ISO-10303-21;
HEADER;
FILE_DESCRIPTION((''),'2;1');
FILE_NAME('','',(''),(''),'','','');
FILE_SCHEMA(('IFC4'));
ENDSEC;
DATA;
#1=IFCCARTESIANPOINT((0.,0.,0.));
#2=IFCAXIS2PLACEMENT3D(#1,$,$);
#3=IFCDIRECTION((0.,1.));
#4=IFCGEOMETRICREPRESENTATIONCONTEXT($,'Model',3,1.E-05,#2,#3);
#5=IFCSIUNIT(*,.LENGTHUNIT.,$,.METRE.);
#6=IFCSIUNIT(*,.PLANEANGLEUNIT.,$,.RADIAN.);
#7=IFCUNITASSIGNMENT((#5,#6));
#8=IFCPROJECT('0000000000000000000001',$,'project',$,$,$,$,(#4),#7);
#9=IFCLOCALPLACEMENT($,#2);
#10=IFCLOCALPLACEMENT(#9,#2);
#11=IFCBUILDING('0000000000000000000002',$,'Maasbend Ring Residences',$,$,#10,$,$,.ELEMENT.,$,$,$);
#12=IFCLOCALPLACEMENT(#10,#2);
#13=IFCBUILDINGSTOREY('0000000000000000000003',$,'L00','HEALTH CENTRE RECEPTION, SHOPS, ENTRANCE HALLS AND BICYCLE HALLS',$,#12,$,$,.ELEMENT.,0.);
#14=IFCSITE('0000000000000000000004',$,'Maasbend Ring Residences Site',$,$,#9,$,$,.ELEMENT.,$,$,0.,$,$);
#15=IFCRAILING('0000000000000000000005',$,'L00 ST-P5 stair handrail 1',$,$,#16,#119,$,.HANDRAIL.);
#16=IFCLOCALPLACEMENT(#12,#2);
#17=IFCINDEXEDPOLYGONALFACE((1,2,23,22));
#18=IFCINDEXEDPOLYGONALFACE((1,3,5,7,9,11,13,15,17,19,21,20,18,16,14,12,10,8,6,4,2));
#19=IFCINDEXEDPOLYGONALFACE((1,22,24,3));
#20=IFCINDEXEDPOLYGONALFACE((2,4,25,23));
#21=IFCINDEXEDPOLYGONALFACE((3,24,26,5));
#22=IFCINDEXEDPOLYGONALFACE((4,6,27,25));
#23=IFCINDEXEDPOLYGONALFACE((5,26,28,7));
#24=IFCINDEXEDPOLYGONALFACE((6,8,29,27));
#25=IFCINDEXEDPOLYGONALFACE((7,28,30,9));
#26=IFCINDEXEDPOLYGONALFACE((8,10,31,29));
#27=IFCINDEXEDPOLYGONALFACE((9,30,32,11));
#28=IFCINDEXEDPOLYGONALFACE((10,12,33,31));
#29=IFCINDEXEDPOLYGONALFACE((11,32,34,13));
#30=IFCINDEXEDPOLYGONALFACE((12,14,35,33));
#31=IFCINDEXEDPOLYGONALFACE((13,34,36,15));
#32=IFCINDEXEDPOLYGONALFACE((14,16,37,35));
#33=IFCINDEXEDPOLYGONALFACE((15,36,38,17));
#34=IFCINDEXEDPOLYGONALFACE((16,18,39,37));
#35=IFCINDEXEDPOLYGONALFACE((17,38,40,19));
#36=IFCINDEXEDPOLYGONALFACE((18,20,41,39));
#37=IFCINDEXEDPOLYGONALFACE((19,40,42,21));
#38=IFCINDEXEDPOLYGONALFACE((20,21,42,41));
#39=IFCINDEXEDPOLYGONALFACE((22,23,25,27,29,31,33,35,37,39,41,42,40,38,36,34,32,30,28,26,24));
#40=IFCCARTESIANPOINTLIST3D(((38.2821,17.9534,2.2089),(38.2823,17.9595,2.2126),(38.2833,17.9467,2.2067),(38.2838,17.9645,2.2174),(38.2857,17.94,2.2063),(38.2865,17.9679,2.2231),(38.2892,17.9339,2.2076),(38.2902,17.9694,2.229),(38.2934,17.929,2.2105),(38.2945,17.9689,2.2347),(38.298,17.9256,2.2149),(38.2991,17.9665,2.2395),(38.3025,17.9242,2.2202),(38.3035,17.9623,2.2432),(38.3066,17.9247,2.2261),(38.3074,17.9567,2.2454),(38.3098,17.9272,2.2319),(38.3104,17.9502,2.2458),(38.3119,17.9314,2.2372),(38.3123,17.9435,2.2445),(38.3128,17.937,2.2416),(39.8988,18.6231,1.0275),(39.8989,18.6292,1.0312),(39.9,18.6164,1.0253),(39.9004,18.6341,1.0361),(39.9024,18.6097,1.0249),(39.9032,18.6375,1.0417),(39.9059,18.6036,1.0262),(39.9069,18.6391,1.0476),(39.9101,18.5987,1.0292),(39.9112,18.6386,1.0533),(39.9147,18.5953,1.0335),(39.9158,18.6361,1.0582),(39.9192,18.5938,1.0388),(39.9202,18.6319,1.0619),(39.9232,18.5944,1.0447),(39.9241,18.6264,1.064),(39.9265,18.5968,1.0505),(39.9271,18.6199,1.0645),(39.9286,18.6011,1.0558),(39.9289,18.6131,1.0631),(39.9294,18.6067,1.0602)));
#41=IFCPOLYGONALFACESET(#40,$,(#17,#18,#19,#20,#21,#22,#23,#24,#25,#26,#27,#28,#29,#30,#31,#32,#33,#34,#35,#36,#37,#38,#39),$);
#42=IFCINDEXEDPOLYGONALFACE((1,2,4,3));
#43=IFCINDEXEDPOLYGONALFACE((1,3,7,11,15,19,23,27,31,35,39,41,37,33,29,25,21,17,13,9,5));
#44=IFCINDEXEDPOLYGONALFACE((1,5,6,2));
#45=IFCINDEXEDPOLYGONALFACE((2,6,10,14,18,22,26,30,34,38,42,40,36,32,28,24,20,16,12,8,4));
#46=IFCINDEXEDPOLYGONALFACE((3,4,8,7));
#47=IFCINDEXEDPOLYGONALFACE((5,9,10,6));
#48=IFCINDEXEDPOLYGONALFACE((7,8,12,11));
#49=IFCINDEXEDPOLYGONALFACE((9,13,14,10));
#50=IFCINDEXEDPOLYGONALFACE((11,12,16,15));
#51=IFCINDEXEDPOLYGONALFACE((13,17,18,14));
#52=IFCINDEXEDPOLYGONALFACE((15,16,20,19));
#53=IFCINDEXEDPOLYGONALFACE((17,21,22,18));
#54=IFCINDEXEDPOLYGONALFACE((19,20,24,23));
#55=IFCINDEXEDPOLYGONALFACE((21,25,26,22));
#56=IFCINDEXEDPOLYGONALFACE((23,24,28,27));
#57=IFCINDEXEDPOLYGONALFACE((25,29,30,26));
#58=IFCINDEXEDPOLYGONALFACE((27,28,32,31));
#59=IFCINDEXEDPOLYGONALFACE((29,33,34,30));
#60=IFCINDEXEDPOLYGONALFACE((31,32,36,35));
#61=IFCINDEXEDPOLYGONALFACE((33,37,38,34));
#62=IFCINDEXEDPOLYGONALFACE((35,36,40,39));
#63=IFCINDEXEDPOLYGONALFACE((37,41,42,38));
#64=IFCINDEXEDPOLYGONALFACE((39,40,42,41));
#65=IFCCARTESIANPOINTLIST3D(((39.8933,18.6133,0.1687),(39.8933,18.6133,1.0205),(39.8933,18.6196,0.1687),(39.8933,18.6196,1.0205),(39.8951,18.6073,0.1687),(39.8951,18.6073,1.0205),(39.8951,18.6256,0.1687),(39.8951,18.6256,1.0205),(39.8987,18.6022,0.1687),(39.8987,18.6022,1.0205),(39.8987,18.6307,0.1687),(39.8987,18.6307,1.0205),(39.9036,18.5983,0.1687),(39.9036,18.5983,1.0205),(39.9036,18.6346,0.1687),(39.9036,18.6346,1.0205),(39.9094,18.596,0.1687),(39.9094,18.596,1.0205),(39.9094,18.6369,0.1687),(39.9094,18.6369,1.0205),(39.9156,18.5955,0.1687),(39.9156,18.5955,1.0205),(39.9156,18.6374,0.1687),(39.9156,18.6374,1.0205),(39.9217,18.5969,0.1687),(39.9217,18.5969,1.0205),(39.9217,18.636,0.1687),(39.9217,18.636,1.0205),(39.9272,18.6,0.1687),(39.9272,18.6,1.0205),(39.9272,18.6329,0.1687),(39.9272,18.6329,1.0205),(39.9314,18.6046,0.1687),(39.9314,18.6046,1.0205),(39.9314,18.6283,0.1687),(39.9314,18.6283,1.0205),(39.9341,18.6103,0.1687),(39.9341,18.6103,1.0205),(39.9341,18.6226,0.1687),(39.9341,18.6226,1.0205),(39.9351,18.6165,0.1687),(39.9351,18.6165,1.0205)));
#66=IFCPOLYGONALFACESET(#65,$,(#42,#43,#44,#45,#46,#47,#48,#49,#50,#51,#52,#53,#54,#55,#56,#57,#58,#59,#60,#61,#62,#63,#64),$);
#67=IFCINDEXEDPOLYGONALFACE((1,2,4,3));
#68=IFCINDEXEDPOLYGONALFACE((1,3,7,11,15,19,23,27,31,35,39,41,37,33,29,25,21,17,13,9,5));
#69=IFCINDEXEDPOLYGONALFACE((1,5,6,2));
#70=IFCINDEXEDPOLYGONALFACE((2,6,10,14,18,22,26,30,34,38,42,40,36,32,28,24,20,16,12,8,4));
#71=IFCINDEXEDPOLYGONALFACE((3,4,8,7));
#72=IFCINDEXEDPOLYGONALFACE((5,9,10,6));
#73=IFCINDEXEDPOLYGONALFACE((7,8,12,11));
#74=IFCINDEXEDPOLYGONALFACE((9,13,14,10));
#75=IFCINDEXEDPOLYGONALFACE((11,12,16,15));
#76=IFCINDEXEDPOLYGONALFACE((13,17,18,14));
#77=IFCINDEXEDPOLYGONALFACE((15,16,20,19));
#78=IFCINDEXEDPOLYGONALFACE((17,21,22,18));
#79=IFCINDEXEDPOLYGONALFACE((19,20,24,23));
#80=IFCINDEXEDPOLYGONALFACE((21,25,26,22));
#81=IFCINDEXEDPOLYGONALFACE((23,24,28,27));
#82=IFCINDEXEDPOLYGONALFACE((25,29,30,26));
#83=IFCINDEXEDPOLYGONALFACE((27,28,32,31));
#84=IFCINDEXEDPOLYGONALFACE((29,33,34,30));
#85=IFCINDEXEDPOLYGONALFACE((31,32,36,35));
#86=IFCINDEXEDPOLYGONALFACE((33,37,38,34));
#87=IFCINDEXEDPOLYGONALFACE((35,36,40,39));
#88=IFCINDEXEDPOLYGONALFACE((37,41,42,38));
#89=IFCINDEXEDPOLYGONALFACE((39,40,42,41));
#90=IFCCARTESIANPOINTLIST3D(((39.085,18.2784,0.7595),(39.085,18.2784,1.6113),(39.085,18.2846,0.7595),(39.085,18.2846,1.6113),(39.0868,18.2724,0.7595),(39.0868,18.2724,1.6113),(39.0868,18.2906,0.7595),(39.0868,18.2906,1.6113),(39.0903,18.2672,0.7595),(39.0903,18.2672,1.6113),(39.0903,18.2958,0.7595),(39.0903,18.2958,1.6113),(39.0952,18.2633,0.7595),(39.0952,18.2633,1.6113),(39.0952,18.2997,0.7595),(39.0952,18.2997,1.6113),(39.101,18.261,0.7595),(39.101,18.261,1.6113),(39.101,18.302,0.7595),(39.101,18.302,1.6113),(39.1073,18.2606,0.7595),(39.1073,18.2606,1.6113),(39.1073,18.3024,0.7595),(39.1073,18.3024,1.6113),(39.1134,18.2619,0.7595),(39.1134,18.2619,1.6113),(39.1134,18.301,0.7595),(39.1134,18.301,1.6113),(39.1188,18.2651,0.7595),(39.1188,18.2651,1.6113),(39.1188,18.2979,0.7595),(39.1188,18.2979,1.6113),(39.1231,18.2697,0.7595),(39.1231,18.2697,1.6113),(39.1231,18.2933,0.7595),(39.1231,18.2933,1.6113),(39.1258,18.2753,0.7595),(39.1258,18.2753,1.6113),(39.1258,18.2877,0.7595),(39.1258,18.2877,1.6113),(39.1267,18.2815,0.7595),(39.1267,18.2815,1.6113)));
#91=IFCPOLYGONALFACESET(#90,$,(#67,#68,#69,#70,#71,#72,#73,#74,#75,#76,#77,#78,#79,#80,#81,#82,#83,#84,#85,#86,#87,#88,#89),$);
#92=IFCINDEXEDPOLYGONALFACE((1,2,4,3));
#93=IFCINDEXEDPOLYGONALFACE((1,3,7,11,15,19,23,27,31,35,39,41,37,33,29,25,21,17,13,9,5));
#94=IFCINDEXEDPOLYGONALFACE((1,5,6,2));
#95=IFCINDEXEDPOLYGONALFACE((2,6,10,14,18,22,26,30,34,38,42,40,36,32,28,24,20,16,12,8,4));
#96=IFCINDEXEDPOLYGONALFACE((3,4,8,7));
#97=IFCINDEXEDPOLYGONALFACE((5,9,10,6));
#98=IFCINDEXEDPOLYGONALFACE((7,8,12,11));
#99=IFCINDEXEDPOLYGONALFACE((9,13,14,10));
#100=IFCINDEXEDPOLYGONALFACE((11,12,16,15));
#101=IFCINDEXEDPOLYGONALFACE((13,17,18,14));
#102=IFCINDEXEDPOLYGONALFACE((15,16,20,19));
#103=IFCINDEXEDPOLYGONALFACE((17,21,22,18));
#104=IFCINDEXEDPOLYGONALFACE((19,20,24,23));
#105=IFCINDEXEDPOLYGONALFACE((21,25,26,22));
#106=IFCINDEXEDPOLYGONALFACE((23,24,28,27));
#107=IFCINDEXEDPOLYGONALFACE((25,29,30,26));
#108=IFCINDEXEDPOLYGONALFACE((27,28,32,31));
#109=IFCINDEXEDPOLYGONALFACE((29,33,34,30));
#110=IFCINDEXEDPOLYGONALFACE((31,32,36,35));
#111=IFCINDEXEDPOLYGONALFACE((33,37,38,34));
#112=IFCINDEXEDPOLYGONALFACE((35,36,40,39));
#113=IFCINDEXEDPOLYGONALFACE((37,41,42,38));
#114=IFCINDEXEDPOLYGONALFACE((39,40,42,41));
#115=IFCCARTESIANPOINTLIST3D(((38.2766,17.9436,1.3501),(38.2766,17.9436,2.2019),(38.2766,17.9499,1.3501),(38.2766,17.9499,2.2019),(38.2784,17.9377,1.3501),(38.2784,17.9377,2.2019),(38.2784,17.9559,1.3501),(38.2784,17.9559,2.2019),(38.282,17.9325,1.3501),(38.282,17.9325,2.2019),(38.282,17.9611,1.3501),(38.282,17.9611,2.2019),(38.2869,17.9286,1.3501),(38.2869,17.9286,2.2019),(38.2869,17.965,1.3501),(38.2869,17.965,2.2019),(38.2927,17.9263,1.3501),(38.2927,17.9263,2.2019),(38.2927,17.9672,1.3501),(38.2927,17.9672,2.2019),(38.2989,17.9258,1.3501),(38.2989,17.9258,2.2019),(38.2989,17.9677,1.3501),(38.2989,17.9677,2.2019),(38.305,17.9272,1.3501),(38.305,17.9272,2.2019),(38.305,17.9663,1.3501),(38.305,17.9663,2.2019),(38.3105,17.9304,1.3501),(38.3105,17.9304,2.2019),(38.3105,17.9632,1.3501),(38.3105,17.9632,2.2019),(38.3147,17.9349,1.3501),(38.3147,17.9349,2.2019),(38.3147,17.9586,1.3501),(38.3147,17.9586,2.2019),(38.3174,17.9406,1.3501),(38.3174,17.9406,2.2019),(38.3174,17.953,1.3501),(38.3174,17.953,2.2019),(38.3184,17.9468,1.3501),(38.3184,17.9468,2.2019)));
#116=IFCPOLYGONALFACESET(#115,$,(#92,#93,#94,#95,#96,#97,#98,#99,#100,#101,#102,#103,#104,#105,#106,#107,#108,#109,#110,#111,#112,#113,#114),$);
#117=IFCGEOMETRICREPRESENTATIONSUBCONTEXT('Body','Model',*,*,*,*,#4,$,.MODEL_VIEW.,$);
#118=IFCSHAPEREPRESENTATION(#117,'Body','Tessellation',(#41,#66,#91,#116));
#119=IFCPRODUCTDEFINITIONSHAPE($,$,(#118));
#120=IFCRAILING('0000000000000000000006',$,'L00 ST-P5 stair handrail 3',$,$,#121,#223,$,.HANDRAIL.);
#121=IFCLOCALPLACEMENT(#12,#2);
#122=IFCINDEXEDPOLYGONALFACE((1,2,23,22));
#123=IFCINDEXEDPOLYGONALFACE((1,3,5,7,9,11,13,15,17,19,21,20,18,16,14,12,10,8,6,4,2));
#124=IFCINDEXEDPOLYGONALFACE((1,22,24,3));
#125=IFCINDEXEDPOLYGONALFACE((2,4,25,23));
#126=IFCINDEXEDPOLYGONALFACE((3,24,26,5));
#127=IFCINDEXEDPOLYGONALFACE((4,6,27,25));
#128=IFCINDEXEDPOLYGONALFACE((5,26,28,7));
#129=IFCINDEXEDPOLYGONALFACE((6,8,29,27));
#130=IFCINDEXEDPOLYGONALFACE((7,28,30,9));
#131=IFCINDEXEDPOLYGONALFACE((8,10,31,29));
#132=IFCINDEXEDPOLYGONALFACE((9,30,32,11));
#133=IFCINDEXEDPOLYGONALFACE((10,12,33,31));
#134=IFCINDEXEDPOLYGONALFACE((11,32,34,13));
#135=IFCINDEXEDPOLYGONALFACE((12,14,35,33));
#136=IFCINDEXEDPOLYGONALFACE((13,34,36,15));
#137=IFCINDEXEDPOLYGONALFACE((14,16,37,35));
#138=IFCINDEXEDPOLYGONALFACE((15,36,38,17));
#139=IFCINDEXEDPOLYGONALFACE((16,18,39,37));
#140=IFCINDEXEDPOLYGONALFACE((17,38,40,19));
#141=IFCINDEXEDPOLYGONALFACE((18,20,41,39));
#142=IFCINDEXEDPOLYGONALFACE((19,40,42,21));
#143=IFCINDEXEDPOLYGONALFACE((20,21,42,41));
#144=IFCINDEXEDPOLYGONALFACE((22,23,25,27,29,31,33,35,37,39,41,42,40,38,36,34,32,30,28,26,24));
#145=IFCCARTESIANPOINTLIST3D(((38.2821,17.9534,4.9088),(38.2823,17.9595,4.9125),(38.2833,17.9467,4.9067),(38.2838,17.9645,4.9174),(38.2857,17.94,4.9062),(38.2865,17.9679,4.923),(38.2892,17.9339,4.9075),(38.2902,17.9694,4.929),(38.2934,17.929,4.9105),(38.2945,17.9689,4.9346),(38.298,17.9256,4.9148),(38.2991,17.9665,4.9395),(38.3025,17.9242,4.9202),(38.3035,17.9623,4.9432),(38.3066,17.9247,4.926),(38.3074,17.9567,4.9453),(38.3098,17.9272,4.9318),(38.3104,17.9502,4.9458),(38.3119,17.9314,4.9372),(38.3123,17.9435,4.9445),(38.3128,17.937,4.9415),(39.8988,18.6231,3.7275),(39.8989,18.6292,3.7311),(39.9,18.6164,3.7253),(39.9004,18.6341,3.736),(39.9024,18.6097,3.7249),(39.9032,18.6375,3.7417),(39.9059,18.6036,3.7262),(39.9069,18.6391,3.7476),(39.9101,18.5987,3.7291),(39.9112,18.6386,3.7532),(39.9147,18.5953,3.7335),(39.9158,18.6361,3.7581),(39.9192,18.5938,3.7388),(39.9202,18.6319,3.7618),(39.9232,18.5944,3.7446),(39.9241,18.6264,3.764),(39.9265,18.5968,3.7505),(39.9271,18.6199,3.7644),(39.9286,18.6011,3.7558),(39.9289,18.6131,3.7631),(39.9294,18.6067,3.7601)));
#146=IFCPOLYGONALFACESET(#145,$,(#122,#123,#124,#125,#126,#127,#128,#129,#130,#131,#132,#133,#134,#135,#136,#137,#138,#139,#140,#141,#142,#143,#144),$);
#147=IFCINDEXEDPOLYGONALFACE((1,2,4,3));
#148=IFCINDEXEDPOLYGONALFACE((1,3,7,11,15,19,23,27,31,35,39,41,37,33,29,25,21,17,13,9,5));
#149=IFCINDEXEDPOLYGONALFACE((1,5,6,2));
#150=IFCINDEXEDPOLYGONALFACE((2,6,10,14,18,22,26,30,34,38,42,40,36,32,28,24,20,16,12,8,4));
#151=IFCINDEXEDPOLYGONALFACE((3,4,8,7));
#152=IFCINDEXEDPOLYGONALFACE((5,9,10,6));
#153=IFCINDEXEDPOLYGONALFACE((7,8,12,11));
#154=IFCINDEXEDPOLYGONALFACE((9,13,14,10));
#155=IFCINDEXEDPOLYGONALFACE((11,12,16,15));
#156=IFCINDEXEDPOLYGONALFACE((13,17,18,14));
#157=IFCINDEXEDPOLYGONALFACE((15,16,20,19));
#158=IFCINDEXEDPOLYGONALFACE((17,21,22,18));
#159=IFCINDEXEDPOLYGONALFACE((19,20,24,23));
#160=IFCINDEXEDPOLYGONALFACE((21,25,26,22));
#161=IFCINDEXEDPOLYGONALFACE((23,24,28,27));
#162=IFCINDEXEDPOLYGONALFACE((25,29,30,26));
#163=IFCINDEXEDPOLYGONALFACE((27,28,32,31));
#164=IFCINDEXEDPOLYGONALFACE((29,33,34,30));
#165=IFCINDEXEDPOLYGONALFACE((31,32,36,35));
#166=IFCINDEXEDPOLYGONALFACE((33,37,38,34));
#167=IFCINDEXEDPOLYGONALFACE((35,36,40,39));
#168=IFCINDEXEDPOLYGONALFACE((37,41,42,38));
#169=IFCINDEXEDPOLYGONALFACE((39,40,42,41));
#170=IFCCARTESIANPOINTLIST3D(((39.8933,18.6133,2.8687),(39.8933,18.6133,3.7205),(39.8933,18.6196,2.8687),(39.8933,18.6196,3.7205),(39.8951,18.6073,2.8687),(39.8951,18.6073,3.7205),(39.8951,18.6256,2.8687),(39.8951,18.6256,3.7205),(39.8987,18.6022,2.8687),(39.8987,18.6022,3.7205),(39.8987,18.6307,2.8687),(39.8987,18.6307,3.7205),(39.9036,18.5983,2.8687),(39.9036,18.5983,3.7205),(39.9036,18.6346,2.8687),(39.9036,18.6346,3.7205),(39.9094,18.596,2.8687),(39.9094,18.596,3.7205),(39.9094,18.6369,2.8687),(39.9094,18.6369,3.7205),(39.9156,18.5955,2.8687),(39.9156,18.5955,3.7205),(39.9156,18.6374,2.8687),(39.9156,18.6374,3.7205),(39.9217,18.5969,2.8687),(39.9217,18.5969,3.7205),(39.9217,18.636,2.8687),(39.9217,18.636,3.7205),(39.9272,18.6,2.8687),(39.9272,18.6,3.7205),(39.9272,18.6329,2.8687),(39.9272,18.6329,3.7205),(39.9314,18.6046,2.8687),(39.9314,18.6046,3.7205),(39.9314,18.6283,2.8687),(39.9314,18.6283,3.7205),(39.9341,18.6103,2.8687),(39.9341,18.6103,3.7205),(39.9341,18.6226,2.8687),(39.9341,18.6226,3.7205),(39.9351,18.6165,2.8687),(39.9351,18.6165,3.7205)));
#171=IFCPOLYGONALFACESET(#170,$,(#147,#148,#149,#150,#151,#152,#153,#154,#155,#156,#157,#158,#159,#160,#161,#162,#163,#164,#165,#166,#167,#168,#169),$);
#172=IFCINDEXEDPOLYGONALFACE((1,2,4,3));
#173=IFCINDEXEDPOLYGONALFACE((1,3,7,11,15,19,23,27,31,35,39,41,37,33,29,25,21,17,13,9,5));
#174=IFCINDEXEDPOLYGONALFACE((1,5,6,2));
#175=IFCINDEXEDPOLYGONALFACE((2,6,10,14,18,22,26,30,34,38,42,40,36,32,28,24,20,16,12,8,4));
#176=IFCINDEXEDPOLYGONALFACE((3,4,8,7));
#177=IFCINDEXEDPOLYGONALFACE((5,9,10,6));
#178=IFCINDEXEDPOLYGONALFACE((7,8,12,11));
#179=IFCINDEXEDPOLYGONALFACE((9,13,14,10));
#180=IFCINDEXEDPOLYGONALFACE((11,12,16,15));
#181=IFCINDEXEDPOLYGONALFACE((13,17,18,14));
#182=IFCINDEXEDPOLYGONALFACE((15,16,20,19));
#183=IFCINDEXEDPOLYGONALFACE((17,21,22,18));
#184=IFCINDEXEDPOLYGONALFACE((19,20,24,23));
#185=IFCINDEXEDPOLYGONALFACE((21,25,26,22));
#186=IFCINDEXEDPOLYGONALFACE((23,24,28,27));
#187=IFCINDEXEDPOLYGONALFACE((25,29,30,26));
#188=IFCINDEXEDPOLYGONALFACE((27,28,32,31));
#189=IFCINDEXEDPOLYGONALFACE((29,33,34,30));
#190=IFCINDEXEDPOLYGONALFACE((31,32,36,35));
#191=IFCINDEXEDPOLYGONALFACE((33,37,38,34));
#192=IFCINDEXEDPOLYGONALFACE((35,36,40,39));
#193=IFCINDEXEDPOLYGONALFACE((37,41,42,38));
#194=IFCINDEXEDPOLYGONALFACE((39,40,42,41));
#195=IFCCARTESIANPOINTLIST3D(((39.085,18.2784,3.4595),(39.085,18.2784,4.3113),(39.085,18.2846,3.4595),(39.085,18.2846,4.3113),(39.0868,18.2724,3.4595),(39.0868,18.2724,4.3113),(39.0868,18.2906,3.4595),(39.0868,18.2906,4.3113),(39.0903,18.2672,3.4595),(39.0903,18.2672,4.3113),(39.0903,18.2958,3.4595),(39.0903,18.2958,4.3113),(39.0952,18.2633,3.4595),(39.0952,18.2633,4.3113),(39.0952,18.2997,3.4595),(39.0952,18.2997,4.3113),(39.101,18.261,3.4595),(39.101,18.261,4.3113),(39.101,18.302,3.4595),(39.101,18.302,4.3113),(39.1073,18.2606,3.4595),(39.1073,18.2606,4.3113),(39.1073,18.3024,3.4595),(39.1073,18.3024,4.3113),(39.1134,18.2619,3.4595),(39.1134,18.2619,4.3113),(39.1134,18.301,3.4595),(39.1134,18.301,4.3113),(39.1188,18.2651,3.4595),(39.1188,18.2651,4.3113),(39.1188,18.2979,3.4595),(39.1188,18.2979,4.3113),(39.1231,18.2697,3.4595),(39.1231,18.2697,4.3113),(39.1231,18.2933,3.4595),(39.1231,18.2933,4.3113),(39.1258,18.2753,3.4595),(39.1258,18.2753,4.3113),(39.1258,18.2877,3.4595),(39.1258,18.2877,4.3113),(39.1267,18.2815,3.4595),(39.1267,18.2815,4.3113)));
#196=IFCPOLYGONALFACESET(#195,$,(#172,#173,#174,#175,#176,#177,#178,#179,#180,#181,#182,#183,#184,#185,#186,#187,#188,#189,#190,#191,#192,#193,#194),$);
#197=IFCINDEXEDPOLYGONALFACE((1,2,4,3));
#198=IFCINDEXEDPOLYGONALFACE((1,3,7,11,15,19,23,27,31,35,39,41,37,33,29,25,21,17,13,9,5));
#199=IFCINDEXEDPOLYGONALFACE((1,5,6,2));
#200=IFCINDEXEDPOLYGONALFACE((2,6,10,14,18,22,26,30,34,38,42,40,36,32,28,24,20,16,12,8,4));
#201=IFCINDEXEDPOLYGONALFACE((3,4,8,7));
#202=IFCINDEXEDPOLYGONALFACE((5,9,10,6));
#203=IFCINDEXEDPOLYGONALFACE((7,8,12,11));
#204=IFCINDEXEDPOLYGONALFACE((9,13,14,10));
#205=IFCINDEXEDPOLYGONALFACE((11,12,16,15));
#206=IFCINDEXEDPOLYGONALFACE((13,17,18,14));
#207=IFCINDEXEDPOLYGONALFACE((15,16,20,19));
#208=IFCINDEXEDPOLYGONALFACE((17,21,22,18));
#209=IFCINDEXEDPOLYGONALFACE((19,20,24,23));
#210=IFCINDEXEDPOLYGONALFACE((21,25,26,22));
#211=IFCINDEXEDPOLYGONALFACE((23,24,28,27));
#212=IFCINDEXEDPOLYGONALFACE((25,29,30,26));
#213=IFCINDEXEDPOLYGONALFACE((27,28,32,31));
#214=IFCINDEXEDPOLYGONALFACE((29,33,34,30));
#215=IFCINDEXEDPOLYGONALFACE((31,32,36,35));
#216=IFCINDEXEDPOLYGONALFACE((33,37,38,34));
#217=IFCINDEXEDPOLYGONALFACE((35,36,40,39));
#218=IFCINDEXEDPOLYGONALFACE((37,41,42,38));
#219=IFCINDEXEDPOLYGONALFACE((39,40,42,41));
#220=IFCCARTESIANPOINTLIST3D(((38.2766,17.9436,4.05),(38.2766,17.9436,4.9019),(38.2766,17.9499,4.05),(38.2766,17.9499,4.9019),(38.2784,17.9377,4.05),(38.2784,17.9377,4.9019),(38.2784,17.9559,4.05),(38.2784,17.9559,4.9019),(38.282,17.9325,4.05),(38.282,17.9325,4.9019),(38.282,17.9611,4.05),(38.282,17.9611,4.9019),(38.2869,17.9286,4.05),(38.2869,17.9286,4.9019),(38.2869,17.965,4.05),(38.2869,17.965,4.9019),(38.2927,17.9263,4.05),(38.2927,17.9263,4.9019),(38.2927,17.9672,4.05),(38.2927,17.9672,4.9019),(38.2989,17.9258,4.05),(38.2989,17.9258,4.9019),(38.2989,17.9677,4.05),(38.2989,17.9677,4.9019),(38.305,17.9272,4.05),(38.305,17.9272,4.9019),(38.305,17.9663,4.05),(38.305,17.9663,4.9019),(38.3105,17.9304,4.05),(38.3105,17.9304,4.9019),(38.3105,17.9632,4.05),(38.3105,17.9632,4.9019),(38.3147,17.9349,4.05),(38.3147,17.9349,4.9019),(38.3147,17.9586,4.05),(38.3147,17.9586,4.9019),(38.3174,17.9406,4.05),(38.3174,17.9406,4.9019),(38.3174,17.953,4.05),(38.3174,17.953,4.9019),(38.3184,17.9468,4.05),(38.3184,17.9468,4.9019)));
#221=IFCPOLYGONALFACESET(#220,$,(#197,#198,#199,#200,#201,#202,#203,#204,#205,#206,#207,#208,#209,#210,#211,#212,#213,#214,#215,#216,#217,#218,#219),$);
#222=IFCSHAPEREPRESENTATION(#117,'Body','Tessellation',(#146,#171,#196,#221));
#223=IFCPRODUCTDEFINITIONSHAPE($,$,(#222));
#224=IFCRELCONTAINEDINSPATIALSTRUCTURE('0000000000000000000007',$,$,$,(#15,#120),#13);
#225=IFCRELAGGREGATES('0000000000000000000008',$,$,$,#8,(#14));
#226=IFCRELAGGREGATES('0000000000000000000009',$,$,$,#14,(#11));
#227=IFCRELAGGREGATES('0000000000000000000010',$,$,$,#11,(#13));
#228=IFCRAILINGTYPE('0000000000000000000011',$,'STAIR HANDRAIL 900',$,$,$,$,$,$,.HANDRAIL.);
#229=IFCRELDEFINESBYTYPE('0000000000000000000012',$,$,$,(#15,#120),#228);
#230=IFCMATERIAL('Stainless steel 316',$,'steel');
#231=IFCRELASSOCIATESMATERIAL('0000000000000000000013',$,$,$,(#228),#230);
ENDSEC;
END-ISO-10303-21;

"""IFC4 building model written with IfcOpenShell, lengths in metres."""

from ifc_helpers import new_model, si_unit, direction, frame, origin, origin_2d, place, context, subcontext, project, spatial, circle, extrude, material, type_object, element, save


model = new_model("IFC4")

# Units and contexts
model_context = context("Model", 3, precision=1e-05, world=origin(), true_north=direction((0.0, 1.0)))
body_context = subcontext(model_context, "Body", "Model", "MODEL_VIEW")
ifc_project = project(units=[si_unit("LENGTHUNIT", "METRE"), si_unit("PLANEANGLEUNIT", "RADIAN")], contexts=[model_context])

# Site, building, storey
site_placement = place(None, origin())
site = spatial("IfcSite", under=ifc_project, at=site_placement, Name="Maasbend Ring Residences Site", CompositionType="ELEMENT", RefElevation=0.0)
building_placement = place(site_placement, origin())
building = spatial("IfcBuilding", under=site, at=building_placement, Name="Maasbend Ring Residences", CompositionType="ELEMENT")
storey_placement = place(building_placement, origin())
storey = spatial("IfcBuildingStorey", under=building, at=storey_placement, Name="L00", Description="HEALTH CENTRE RECEPTION, SHOPS, ENTRANCE HALLS AND BICYCLE HALLS", CompositionType="ELEMENT", Elevation=0.0)

# Railings
ifc_material_1 = material(Name="Stainless steel 316", Category="steel")
railing_type_1 = type_object("IfcRailingType", Name="STAIR HANDRAIL 900", PredefinedType="HANDRAIL", material=ifc_material_1)
for number, where, name in (
    (1, (39.9141, 18.6165, 0.1687), "L00 ST-P5 stair handrail 1"),
    (2, (39.9141, 18.6165, 2.8687), "L00 ST-P5 stair handrail 3"),
):
    element("IfcRailing", number, at=place(storey_placement, frame(where)), inside=storey, type_object=railing_type_1, Name=name, PredefinedType="HANDRAIL", context=body_context, shape_type="SweptSolid", body=[
        extrude(circle(Radius=0.0239, at=origin_2d()), frame((0.0, 0.0, 0.876), z_axis=(-0.765711, -0.317177, 0.55954), x_axis=(0.382693, -0.923876, 0.0)), (0.0, 0.0, 1.0), 2.1113),
        extrude(circle(Radius=0.021, at=origin_2d()), origin(), (0.0, 0.0, 1.0), 0.8518),
        extrude(circle(Radius=0.021, at=origin_2d()), frame((-0.8083, -0.335, 0.5908)), (0.0, 0.0, 1.0), 0.8518),
        extrude(circle(Radius=0.021, at=origin_2d()), frame((-1.6167, -0.6697, 1.1814)), (0.0, 0.0, 1.0), 0.8518),
    ])

save(model, "model.ifc")
